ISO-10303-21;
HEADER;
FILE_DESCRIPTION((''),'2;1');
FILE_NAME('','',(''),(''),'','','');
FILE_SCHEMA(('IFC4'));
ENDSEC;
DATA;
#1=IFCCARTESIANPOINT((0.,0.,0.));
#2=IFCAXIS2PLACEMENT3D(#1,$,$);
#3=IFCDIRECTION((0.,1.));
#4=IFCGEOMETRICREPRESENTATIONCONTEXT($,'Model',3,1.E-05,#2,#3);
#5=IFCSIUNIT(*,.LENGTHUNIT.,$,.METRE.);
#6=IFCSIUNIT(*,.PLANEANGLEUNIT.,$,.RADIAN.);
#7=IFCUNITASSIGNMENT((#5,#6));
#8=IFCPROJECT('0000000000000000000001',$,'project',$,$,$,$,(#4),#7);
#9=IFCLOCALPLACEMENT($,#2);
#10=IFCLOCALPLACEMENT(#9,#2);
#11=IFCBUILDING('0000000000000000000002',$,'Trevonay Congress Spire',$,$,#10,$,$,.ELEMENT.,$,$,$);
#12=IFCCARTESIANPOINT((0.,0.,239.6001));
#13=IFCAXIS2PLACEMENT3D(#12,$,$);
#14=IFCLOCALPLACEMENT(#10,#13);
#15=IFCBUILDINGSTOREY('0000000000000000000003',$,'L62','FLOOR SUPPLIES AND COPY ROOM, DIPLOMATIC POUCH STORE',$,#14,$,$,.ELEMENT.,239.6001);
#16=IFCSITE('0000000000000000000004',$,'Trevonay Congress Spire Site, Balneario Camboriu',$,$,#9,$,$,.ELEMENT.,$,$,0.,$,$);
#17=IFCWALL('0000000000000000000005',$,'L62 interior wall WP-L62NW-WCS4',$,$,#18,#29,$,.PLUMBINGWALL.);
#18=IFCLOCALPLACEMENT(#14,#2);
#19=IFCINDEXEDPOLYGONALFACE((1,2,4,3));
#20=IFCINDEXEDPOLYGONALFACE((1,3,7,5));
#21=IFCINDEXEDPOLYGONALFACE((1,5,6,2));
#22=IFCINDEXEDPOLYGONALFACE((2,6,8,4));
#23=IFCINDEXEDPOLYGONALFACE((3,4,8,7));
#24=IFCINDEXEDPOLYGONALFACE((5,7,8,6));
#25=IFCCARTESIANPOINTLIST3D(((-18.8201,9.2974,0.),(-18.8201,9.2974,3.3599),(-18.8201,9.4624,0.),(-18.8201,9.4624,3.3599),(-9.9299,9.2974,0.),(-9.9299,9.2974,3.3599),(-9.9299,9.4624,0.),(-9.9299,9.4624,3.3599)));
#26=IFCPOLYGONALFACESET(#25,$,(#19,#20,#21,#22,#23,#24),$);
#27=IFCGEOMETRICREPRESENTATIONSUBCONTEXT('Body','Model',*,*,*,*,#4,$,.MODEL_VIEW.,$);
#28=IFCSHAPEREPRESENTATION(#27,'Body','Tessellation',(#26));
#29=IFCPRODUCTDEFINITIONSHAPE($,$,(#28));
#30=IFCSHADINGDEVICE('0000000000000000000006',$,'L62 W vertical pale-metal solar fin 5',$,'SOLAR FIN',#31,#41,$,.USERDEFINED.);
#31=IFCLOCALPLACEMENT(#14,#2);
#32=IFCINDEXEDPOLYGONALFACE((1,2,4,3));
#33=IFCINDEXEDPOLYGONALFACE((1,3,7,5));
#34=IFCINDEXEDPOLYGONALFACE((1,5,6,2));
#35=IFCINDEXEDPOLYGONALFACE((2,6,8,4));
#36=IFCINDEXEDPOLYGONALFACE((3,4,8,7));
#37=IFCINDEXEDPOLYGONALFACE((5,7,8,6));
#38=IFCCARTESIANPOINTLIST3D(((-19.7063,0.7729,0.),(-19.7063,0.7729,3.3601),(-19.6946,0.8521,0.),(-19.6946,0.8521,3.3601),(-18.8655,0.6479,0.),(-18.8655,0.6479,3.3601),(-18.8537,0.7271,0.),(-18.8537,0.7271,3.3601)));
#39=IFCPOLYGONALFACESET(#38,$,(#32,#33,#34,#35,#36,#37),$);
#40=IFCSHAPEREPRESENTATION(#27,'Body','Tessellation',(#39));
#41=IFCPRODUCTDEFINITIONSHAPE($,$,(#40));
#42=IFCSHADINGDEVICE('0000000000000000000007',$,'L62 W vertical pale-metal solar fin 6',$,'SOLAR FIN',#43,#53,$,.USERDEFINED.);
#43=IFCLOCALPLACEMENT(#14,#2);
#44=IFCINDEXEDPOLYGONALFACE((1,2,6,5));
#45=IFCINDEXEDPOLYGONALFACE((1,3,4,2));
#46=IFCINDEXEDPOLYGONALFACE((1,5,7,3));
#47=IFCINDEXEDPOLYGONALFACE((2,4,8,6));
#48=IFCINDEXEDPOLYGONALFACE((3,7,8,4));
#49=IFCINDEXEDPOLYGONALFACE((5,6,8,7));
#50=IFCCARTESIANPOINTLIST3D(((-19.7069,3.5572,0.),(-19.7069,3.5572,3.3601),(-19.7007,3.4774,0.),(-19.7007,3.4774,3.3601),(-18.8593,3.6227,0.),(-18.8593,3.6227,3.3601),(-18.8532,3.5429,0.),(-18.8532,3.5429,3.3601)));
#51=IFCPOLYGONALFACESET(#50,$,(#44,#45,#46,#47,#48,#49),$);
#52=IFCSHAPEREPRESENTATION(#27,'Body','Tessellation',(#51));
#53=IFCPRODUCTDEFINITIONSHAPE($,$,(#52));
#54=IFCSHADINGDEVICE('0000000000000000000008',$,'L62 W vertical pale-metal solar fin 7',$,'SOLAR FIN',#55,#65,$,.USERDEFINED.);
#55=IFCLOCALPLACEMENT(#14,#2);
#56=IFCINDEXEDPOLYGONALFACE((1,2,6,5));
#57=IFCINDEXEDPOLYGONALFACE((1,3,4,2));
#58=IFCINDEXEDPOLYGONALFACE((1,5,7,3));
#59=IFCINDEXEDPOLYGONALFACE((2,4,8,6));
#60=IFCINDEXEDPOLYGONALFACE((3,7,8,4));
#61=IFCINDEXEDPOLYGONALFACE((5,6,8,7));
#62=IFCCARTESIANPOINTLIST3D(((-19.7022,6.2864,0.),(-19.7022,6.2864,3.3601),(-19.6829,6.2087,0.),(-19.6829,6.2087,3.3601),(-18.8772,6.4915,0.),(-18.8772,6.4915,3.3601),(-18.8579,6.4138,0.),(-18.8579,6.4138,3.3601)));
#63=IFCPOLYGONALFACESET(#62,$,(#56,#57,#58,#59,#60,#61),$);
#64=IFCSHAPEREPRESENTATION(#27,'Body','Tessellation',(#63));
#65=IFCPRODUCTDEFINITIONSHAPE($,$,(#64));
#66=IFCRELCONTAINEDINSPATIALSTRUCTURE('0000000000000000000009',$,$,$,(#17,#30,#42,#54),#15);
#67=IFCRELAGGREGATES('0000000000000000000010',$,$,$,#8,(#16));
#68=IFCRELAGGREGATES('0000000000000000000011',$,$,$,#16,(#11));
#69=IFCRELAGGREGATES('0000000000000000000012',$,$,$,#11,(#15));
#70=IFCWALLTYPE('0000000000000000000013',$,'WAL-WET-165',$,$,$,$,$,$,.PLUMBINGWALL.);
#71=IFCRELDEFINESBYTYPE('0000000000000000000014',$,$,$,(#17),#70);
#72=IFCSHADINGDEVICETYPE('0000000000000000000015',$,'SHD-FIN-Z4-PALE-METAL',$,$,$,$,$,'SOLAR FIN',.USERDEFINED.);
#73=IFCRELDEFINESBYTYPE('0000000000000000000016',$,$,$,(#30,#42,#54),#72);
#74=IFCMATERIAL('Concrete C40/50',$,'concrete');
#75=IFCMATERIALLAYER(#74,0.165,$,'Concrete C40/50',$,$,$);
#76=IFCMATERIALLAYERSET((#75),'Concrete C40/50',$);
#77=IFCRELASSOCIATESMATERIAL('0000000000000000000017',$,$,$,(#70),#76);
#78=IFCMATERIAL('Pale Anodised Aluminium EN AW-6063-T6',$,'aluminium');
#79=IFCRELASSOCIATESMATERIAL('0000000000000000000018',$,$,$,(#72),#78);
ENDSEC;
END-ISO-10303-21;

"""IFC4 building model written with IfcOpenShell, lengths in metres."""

from ifc_helpers import new_model, si_unit, direction, frame, frame_2d, origin, origin_2d, place, context, subcontext, project, spatial, rectangle, extrude, material, layer, layer_set, type_object, element, save


model = new_model("IFC4")

# Units and contexts
model_context = context("Model", 3, precision=1e-05, world=origin(), true_north=direction((0.0, 1.0)))
body_context = subcontext(model_context, "Body", "Model", "MODEL_VIEW")
ifc_project = project(units=[si_unit("LENGTHUNIT", "METRE"), si_unit("PLANEANGLEUNIT", "RADIAN")], contexts=[model_context])

# Site, building, storey
site_placement = place(None, origin())
site = spatial("IfcSite", under=ifc_project, at=site_placement, Name="Trevonay Congress Spire Site, Balneario Camboriu", CompositionType="ELEMENT", RefElevation=0.0)
building_placement = place(site_placement, origin())
building = spatial("IfcBuilding", under=site, at=building_placement, Name="Trevonay Congress Spire", CompositionType="ELEMENT")
storey_placement = place(building_placement, frame((0.0, 0.0, 239.6001)))
storey = spatial("IfcBuildingStorey", under=building, at=storey_placement, Name="L62", Description="FLOOR SUPPLIES AND COPY ROOM, DIPLOMATIC POUCH STORE", CompositionType="ELEMENT", Elevation=239.6001)

# Shared definitions
ifc_material_1 = material(Name="Pale Anodised Aluminium EN AW-6063-T6", Category="aluminium")

# Wall
ifc_material_2 = material(Name="Concrete C40/50", Category="concrete")
ifc_layer_1 = layer(ifc_material_2, 0.165, Name="Concrete C40/50")
ifc_layer_set_1 = layer_set([ifc_layer_1], Name="Concrete C40/50")
wall_type_1 = type_object("IfcWallType", Name="WAL-WET-165", PredefinedType="PLUMBINGWALL", material=ifc_layer_set_1)
wall_placement = place(storey_placement, frame((-18.8201, 9.3799, 0.0), z_axis=(0.0, 0.0, 1.0), x_axis=(1.0, 0.0, 0.0)))
element("IfcWall", 1, at=wall_placement, inside=storey, type_object=wall_type_1, Name="L62 interior wall WP-L62NW-WCS4", PredefinedType="PLUMBINGWALL", context=body_context, shape_type="SweptSolid", body=[
    extrude(rectangle(XDim=8.8901, YDim=0.165, at=frame_2d((4.4451, 0.0))), origin(), (0.0, 0.0, 1.0), 3.3599),
])

# Shading devices
shading_device_type = type_object("IfcShadingDeviceType", Name="SHD-FIN-Z4-PALE-METAL", ElementType="SOLAR FIN", PredefinedType="USERDEFINED", material=ifc_material_1)
for number, where, z_axis, x_axis, name in (
    (2, (-19.28, 0.75, 0.0), (0.0, 0.0, 1.0), (0.146946, 0.989144, 0.0), "L62 W vertical pale-metal solar fin 5"),
    (3, (-19.28, 3.55, 0.0), (0.0, 0.0, 1.0), (-0.077067, 0.997026, 0.0), "L62 W vertical pale-metal solar fin 6"),
    (4, (-19.28, 6.3501, 0.0), (0.0, 0.0, 1.0), (-0.241244, 0.970464, 0.0), "L62 W vertical pale-metal solar fin 7"),
):
    element("IfcShadingDevice", number, at=place(storey_placement, frame(where, z_axis=z_axis, x_axis=x_axis)), inside=storey, type_object=shading_device_type, Name=name, ObjectType="SOLAR FIN", PredefinedType="USERDEFINED", context=body_context, shape_type="SweptSolid", body=[
        extrude(rectangle(XDim=0.0801, YDim=0.8501, at=origin_2d()), origin(), (0.0, 0.0, 1.0), 3.3601),
    ])

save(model, "model.ifc")
